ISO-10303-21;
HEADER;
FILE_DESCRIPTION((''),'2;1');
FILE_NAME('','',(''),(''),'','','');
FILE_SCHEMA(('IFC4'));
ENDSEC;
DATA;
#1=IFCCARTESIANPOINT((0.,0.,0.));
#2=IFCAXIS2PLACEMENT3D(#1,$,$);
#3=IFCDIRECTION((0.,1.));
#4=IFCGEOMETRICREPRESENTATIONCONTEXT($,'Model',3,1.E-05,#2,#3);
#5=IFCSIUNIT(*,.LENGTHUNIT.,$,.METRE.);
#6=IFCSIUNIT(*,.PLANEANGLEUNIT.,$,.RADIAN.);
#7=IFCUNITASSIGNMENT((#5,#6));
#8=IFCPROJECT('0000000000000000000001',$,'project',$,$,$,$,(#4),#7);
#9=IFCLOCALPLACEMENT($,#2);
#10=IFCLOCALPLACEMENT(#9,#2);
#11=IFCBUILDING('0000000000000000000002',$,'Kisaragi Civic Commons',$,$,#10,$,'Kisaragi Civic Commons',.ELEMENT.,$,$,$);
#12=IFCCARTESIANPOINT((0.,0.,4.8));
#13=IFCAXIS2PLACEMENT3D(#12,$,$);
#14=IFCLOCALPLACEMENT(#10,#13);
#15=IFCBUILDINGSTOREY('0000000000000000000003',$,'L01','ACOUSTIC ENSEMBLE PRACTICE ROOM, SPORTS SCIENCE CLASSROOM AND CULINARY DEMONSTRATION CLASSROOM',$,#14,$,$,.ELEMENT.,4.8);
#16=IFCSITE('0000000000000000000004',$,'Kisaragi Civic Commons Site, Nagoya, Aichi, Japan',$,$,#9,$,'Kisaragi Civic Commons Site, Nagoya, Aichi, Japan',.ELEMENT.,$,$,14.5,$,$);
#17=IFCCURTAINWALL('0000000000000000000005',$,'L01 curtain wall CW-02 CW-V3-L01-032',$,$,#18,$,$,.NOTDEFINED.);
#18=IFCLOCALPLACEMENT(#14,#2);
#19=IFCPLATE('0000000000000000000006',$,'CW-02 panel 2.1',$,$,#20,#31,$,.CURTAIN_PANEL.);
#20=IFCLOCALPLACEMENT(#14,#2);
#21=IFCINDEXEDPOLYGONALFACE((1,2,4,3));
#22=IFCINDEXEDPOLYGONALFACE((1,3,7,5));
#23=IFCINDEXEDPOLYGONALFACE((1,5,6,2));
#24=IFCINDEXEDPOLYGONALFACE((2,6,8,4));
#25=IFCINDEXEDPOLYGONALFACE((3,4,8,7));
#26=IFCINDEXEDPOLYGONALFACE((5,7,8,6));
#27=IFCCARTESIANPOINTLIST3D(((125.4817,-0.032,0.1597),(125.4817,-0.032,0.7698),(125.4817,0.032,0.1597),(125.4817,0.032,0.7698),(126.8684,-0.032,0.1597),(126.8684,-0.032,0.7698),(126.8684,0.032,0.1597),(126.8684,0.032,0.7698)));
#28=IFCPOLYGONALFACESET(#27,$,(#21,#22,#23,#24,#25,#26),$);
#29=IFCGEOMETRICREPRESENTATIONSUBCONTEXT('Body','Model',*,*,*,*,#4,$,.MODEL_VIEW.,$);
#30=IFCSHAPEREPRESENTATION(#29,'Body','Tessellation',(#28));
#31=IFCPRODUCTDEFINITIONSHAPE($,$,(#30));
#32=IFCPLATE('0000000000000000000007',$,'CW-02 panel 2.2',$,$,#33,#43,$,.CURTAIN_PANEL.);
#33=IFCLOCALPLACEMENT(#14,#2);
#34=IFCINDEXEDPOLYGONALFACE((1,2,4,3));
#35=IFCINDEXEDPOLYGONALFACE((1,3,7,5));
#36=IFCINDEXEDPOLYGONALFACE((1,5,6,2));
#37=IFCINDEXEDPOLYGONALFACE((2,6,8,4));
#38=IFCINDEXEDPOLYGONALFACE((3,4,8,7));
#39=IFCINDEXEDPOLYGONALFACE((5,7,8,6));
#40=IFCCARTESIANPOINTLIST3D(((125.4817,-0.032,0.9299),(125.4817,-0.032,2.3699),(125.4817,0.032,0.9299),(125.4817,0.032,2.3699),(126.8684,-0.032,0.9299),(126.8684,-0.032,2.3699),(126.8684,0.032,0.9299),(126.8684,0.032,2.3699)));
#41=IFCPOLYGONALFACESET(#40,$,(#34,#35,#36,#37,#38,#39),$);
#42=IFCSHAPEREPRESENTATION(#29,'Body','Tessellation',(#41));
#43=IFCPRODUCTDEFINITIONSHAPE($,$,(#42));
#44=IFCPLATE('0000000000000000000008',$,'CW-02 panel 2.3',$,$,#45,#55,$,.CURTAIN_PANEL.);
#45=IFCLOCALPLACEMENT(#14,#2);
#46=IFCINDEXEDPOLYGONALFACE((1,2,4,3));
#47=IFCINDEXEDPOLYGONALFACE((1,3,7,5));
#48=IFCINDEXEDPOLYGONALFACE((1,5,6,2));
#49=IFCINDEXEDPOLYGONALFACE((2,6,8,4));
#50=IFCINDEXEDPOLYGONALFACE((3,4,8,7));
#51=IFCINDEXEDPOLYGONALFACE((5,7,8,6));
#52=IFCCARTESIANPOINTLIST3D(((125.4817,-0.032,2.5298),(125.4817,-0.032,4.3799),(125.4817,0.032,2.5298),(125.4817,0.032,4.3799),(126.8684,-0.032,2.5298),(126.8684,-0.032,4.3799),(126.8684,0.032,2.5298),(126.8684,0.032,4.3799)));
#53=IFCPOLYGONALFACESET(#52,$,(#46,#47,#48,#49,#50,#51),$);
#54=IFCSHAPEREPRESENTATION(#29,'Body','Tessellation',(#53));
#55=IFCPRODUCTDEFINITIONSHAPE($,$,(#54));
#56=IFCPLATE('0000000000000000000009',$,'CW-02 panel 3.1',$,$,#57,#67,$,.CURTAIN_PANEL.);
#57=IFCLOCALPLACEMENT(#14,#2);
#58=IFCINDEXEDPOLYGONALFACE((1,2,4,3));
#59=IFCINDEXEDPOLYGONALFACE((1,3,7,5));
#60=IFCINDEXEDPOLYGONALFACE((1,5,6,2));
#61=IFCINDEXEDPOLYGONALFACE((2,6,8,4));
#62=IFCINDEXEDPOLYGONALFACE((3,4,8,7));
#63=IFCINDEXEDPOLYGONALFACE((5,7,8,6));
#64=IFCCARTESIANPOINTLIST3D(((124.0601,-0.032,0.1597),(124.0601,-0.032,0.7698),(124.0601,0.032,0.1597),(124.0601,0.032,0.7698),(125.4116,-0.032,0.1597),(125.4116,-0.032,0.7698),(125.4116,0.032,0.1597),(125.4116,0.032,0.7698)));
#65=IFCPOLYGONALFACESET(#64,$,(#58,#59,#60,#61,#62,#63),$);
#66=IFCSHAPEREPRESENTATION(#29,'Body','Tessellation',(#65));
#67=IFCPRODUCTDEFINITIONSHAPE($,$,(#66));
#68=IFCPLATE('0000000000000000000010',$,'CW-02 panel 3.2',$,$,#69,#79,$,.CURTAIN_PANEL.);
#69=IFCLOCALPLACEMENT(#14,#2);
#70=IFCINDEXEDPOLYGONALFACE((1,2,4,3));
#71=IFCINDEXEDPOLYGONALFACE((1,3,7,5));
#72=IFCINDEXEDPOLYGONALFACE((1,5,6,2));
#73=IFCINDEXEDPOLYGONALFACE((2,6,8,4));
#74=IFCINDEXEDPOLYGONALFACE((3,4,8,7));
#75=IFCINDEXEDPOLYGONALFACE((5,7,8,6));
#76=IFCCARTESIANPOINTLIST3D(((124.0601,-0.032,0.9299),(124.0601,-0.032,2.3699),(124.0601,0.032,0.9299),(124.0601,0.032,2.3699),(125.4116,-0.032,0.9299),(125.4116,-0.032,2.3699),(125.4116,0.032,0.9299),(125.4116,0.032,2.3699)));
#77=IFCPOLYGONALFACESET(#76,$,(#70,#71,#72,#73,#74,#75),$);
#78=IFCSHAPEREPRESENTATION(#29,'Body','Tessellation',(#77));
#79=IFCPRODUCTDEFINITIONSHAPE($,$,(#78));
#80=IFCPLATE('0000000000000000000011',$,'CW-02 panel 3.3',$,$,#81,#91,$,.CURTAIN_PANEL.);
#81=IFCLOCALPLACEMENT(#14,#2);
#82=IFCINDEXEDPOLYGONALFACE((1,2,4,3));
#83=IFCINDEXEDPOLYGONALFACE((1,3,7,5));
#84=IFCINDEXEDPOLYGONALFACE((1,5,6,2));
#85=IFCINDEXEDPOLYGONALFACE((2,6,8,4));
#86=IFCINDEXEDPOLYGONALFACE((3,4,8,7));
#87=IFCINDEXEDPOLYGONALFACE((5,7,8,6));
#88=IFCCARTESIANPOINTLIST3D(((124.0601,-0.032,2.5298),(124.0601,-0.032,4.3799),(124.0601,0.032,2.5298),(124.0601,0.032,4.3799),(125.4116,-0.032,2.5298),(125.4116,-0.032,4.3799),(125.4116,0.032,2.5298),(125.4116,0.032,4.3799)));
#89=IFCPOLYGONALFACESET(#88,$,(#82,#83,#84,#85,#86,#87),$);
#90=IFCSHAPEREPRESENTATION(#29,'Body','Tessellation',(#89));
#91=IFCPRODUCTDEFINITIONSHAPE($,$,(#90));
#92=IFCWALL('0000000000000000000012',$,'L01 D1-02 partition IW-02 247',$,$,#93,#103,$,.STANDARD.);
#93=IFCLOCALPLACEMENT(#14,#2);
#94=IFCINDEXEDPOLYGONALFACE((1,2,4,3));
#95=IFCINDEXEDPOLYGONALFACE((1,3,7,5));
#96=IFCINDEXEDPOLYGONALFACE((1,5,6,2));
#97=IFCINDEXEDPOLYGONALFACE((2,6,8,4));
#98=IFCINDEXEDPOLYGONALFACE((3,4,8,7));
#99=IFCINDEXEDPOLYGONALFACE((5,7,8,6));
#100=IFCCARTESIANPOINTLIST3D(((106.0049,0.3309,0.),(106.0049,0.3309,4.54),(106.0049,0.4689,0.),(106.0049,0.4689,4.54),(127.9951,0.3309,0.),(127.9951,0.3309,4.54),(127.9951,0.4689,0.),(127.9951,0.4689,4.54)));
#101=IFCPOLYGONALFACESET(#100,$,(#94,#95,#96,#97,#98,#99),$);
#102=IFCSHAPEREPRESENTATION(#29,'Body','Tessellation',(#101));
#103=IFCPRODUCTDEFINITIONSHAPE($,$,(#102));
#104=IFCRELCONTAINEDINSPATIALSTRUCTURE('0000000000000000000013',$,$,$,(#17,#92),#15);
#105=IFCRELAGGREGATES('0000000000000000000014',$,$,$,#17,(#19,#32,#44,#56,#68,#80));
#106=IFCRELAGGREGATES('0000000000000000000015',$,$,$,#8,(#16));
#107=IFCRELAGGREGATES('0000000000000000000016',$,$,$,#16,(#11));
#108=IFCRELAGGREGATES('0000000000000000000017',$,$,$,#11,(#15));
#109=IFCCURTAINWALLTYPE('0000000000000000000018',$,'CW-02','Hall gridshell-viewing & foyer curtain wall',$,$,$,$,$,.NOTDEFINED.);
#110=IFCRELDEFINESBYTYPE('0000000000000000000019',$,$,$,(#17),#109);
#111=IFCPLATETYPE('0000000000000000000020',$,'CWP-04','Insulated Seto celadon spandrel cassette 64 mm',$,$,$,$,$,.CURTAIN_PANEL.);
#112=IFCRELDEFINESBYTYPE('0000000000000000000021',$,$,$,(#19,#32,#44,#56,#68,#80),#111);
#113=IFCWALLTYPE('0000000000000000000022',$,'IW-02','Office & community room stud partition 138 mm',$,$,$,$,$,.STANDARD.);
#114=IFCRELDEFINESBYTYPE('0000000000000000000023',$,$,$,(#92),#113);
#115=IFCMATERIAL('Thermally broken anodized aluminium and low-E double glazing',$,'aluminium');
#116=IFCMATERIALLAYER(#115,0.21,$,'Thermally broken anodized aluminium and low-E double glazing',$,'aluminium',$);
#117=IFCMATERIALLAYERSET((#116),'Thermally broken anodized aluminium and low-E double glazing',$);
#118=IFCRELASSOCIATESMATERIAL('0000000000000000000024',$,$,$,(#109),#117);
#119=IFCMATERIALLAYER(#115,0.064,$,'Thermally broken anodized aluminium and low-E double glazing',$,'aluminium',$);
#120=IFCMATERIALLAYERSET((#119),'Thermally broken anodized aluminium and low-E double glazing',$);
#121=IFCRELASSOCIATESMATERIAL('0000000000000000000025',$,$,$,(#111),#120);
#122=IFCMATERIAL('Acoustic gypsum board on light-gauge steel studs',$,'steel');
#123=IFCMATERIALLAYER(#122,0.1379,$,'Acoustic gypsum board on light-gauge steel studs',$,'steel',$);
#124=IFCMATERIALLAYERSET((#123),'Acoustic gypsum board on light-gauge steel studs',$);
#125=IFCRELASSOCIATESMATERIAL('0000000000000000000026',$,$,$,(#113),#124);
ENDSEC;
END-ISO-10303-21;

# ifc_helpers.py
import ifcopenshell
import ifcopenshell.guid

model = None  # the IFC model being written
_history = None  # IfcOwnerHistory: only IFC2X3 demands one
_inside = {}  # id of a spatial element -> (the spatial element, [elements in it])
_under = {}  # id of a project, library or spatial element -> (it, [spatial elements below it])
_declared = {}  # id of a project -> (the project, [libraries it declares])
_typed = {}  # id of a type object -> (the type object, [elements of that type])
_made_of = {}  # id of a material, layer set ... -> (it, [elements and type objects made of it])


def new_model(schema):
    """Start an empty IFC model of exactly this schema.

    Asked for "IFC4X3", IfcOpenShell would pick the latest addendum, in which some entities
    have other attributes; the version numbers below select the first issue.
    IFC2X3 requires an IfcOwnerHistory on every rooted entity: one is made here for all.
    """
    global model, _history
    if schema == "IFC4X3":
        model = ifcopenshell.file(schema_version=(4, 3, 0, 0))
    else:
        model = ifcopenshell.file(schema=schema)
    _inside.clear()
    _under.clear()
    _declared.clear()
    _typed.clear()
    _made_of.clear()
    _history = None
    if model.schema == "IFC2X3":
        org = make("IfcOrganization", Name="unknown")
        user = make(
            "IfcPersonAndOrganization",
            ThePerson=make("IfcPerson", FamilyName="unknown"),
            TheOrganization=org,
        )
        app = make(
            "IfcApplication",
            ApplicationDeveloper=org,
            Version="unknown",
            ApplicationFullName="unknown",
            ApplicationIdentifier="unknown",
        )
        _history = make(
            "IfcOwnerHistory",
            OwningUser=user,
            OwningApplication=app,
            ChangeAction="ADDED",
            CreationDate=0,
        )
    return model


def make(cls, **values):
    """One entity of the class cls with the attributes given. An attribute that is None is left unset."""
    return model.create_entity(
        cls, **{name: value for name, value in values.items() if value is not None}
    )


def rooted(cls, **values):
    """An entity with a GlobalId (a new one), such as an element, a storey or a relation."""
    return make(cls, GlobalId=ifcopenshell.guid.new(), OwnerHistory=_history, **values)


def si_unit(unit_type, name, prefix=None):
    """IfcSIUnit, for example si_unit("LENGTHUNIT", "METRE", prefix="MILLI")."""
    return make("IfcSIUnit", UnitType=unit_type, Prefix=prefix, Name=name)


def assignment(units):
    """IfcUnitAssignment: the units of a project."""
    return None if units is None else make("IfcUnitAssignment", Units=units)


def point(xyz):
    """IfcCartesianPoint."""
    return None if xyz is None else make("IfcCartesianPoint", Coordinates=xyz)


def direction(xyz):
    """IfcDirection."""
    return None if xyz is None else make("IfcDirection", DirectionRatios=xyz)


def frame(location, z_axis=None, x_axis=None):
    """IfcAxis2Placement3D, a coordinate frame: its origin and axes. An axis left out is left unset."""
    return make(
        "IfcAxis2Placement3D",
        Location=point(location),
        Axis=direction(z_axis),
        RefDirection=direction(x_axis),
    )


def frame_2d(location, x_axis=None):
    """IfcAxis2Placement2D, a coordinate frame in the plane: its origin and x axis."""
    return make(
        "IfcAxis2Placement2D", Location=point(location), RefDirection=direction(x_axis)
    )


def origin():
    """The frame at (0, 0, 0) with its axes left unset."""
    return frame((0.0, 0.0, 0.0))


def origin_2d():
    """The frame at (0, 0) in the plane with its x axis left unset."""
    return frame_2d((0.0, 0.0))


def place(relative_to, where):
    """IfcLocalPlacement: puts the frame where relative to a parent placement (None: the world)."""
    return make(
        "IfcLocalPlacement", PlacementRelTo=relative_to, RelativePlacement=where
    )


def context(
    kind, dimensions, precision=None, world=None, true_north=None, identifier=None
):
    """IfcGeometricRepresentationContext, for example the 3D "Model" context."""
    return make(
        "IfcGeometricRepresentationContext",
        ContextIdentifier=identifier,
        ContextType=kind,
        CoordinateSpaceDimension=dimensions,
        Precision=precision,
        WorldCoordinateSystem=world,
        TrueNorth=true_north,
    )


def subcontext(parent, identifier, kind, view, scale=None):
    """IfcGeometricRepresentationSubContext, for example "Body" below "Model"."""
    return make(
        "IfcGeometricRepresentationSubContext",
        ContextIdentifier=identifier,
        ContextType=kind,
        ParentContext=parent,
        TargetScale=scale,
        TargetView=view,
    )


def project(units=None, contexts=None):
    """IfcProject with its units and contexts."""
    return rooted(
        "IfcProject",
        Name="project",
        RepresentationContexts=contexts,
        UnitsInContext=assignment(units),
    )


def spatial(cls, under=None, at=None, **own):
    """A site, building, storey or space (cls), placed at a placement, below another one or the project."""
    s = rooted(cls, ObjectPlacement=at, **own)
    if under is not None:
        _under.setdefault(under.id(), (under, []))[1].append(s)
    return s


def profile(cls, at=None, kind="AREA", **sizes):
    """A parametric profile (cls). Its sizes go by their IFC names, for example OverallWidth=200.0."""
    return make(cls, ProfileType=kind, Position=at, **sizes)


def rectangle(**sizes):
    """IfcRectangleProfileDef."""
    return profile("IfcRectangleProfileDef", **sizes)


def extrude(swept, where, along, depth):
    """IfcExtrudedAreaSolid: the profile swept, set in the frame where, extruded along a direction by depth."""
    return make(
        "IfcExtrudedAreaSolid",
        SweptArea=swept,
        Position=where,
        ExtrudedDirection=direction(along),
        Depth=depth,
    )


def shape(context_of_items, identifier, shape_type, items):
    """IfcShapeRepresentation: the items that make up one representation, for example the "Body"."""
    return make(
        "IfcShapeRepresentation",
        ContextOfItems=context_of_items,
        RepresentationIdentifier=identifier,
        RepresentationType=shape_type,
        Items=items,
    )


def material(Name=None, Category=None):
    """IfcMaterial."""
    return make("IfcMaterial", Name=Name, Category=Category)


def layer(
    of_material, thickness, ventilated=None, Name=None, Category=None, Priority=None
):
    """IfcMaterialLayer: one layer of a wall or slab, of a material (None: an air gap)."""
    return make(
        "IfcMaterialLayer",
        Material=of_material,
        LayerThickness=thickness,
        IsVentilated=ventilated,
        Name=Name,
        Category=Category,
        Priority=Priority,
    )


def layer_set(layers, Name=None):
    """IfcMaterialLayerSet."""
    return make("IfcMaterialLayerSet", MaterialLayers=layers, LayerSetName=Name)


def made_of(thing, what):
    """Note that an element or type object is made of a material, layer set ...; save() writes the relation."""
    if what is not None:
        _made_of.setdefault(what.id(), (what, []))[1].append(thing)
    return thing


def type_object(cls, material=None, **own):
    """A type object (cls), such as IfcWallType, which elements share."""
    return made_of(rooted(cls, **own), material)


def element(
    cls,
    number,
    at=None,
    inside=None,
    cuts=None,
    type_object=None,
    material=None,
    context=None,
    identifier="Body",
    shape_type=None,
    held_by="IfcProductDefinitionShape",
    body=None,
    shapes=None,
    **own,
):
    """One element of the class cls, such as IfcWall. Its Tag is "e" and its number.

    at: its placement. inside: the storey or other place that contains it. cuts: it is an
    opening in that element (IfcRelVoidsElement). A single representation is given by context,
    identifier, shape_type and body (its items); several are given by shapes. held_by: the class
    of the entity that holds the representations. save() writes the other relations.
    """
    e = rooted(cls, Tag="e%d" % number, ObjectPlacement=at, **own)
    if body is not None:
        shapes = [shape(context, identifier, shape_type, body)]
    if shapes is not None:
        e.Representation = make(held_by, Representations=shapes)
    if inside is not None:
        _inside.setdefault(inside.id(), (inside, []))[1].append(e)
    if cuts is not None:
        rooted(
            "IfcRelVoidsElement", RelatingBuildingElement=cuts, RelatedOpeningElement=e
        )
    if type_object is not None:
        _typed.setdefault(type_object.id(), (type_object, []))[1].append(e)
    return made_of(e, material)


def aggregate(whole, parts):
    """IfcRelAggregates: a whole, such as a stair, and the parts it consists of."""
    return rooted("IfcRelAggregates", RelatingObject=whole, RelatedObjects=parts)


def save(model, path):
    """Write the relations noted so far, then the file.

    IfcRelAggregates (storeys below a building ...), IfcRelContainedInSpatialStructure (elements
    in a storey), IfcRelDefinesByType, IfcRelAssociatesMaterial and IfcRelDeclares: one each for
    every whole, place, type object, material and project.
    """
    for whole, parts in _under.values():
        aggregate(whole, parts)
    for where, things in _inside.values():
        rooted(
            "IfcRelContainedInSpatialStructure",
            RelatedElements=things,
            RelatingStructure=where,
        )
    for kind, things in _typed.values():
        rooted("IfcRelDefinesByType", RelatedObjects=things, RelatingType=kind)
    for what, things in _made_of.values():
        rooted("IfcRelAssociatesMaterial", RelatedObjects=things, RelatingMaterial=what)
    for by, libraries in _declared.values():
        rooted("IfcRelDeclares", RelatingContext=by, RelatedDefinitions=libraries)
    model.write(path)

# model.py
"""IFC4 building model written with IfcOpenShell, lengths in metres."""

from ifc_helpers import new_model, si_unit, direction, frame, frame_2d, origin, origin_2d, place, context, subcontext, project, spatial, rectangle, extrude, material, layer, layer_set, type_object, element, aggregate, save


model = new_model("IFC4")

# Units and contexts
model_context = context("Model", 3, precision=1e-05, world=origin(), true_north=direction((0.0, 1.0)))
body_context = subcontext(model_context, "Body", "Model", "MODEL_VIEW")
ifc_project = project(units=[si_unit("LENGTHUNIT", "METRE"), si_unit("PLANEANGLEUNIT", "RADIAN")], contexts=[model_context])

# Site, building, storey
site_placement = place(None, origin())
site = spatial("IfcSite", under=ifc_project, at=site_placement, Name="Kisaragi Civic Commons Site, Nagoya, Aichi, Japan", LongName="Kisaragi Civic Commons Site, Nagoya, Aichi, Japan", CompositionType="ELEMENT", RefElevation=14.5)
building_placement = place(site_placement, origin())
building = spatial("IfcBuilding", under=site, at=building_placement, Name="Kisaragi Civic Commons", LongName="Kisaragi Civic Commons", CompositionType="ELEMENT")
storey_placement = place(building_placement, frame((0.0, 0.0, 4.8)))
storey = spatial("IfcBuildingStorey", under=building, at=storey_placement, Name="L01", Description="ACOUSTIC ENSEMBLE PRACTICE ROOM, SPORTS SCIENCE CLASSROOM AND CULINARY DEMONSTRATION CLASSROOM", CompositionType="ELEMENT", Elevation=4.8)

# Curtain wall
ifc_material_1 = material(Name="Thermally broken anodized aluminium and low-E double glazing", Category="aluminium")
ifc_layer_1 = layer(ifc_material_1, 0.21, Name="Thermally broken anodized aluminium and low-E double glazing", Category="aluminium")
ifc_layer_set_1 = layer_set([ifc_layer_1], Name="Thermally broken anodized aluminium and low-E double glazing")
curtain_wall_type = type_object("IfcCurtainWallType", Name="CW-02", Description="Hall gridshell-viewing & foyer curtain wall", PredefinedType="NOTDEFINED", material=ifc_layer_set_1)
curtain_wall_placement = place(storey_placement, origin())
curtain_wall = element("IfcCurtainWall", 1, at=curtain_wall_placement, inside=storey, type_object=curtain_wall_type, Name="L01 curtain wall CW-02 CW-V3-L01-032", PredefinedType="NOTDEFINED")

# Plates
ifc_layer_2 = layer(ifc_material_1, 0.064, Name="Thermally broken anodized aluminium and low-E double glazing", Category="aluminium")
ifc_layer_set_2 = layer_set([ifc_layer_2], Name="Thermally broken anodized aluminium and low-E double glazing")
plate_type = type_object("IfcPlateType", Name="CWP-04", Description="Insulated Seto celadon spandrel cassette 64 mm", PredefinedType="CURTAIN_PANEL", material=ifc_layer_set_2)
plate_1_placement = place(storey_placement, frame((126.175, 0.0, 0.1597), z_axis=(0.0, 0.0, 1.0), x_axis=(-1.0, 0.0, 0.0)))
plate_1 = element("IfcPlate", 2, at=plate_1_placement, type_object=plate_type, Name="CW-02 panel 2.1", PredefinedType="CURTAIN_PANEL", context=body_context, shape_type="SweptSolid", body=[
    extrude(rectangle(XDim=1.3867, YDim=0.064, at=origin_2d()), origin(), (0.0, 0.0, 1.0), 0.6101),
])
plate_2_placement = place(storey_placement, frame((126.175, 0.0, 0.9299), z_axis=(0.0, 0.0, 1.0), x_axis=(-1.0, 0.0, 0.0)))
plate_2 = element("IfcPlate", 3, at=plate_2_placement, type_object=plate_type, Name="CW-02 panel 2.2", PredefinedType="CURTAIN_PANEL", context=body_context, shape_type="SweptSolid", body=[
    extrude(rectangle(XDim=1.3867, YDim=0.064, at=origin_2d()), origin(), (0.0, 0.0, 1.0), 1.4399),
])
plate_3_placement = place(storey_placement, frame((126.175, 0.0, 2.5298), z_axis=(0.0, 0.0, 1.0), x_axis=(-1.0, 0.0, 0.0)))
plate_3 = element("IfcPlate", 4, at=plate_3_placement, type_object=plate_type, Name="CW-02 panel 2.3", PredefinedType="CURTAIN_PANEL", context=body_context, shape_type="SweptSolid", body=[
    extrude(rectangle(XDim=1.3867, YDim=0.064, at=origin_2d()), origin(), (0.0, 0.0, 1.0), 1.8501),
])
plate_4_placement = place(storey_placement, frame((124.7358, 0.0, 0.1597), z_axis=(0.0, 0.0, 1.0), x_axis=(-1.0, 0.0, 0.0)))
plate_4 = element("IfcPlate", 5, at=plate_4_placement, type_object=plate_type, Name="CW-02 panel 3.1", PredefinedType="CURTAIN_PANEL", context=body_context, shape_type="SweptSolid", body=[
    extrude(rectangle(XDim=1.3516, YDim=0.064, at=origin_2d()), origin(), (0.0, 0.0, 1.0), 0.6101),
])
plate_5_placement = place(storey_placement, frame((124.7358, 0.0, 0.9299), z_axis=(0.0, 0.0, 1.0), x_axis=(-1.0, 0.0, 0.0)))
plate_5 = element("IfcPlate", 6, at=plate_5_placement, type_object=plate_type, Name="CW-02 panel 3.2", PredefinedType="CURTAIN_PANEL", context=body_context, shape_type="SweptSolid", body=[
    extrude(rectangle(XDim=1.3516, YDim=0.064, at=origin_2d()), origin(), (0.0, 0.0, 1.0), 1.4399),
])
plate_6_placement = place(storey_placement, frame((124.7358, 0.0, 2.5298), z_axis=(0.0, 0.0, 1.0), x_axis=(-1.0, 0.0, 0.0)))
plate_6 = element("IfcPlate", 7, at=plate_6_placement, type_object=plate_type, Name="CW-02 panel 3.3", PredefinedType="CURTAIN_PANEL", context=body_context, shape_type="SweptSolid", body=[
    extrude(rectangle(XDim=1.3516, YDim=0.064, at=origin_2d()), origin(), (0.0, 0.0, 1.0), 1.8501),
])
aggregate(curtain_wall, [plate_1, plate_2, plate_3, plate_4, plate_5, plate_6])

# Wall
ifc_material_2 = material(Name="Acoustic gypsum board on light-gauge steel studs", Category="steel")
ifc_layer_3 = layer(ifc_material_2, 0.1379, Name="Acoustic gypsum board on light-gauge steel studs", Category="steel")
ifc_layer_set_3 = layer_set([ifc_layer_3], Name="Acoustic gypsum board on light-gauge steel studs")
wall_type = type_object("IfcWallType", Name="IW-02", Description="Office & community room stud partition 138 mm", PredefinedType="STANDARD", material=ifc_layer_set_3)
wall_placement = place(storey_placement, frame((127.9951, 0.3999, 0.0), z_axis=(0.0, 0.0, 1.0), x_axis=(-1.0, 0.0, 0.0)))
element("IfcWall", 8, at=wall_placement, inside=storey, type_object=wall_type, Name="L01 D1-02 partition IW-02 247", PredefinedType="STANDARD", context=body_context, shape_type="SweptSolid", body=[
    extrude(rectangle(XDim=21.9902, YDim=0.1379, at=frame_2d((10.9951, 0.0))), origin(), (0.0, 0.0, 1.0), 4.54),
])

save(model, "model.ifc")
